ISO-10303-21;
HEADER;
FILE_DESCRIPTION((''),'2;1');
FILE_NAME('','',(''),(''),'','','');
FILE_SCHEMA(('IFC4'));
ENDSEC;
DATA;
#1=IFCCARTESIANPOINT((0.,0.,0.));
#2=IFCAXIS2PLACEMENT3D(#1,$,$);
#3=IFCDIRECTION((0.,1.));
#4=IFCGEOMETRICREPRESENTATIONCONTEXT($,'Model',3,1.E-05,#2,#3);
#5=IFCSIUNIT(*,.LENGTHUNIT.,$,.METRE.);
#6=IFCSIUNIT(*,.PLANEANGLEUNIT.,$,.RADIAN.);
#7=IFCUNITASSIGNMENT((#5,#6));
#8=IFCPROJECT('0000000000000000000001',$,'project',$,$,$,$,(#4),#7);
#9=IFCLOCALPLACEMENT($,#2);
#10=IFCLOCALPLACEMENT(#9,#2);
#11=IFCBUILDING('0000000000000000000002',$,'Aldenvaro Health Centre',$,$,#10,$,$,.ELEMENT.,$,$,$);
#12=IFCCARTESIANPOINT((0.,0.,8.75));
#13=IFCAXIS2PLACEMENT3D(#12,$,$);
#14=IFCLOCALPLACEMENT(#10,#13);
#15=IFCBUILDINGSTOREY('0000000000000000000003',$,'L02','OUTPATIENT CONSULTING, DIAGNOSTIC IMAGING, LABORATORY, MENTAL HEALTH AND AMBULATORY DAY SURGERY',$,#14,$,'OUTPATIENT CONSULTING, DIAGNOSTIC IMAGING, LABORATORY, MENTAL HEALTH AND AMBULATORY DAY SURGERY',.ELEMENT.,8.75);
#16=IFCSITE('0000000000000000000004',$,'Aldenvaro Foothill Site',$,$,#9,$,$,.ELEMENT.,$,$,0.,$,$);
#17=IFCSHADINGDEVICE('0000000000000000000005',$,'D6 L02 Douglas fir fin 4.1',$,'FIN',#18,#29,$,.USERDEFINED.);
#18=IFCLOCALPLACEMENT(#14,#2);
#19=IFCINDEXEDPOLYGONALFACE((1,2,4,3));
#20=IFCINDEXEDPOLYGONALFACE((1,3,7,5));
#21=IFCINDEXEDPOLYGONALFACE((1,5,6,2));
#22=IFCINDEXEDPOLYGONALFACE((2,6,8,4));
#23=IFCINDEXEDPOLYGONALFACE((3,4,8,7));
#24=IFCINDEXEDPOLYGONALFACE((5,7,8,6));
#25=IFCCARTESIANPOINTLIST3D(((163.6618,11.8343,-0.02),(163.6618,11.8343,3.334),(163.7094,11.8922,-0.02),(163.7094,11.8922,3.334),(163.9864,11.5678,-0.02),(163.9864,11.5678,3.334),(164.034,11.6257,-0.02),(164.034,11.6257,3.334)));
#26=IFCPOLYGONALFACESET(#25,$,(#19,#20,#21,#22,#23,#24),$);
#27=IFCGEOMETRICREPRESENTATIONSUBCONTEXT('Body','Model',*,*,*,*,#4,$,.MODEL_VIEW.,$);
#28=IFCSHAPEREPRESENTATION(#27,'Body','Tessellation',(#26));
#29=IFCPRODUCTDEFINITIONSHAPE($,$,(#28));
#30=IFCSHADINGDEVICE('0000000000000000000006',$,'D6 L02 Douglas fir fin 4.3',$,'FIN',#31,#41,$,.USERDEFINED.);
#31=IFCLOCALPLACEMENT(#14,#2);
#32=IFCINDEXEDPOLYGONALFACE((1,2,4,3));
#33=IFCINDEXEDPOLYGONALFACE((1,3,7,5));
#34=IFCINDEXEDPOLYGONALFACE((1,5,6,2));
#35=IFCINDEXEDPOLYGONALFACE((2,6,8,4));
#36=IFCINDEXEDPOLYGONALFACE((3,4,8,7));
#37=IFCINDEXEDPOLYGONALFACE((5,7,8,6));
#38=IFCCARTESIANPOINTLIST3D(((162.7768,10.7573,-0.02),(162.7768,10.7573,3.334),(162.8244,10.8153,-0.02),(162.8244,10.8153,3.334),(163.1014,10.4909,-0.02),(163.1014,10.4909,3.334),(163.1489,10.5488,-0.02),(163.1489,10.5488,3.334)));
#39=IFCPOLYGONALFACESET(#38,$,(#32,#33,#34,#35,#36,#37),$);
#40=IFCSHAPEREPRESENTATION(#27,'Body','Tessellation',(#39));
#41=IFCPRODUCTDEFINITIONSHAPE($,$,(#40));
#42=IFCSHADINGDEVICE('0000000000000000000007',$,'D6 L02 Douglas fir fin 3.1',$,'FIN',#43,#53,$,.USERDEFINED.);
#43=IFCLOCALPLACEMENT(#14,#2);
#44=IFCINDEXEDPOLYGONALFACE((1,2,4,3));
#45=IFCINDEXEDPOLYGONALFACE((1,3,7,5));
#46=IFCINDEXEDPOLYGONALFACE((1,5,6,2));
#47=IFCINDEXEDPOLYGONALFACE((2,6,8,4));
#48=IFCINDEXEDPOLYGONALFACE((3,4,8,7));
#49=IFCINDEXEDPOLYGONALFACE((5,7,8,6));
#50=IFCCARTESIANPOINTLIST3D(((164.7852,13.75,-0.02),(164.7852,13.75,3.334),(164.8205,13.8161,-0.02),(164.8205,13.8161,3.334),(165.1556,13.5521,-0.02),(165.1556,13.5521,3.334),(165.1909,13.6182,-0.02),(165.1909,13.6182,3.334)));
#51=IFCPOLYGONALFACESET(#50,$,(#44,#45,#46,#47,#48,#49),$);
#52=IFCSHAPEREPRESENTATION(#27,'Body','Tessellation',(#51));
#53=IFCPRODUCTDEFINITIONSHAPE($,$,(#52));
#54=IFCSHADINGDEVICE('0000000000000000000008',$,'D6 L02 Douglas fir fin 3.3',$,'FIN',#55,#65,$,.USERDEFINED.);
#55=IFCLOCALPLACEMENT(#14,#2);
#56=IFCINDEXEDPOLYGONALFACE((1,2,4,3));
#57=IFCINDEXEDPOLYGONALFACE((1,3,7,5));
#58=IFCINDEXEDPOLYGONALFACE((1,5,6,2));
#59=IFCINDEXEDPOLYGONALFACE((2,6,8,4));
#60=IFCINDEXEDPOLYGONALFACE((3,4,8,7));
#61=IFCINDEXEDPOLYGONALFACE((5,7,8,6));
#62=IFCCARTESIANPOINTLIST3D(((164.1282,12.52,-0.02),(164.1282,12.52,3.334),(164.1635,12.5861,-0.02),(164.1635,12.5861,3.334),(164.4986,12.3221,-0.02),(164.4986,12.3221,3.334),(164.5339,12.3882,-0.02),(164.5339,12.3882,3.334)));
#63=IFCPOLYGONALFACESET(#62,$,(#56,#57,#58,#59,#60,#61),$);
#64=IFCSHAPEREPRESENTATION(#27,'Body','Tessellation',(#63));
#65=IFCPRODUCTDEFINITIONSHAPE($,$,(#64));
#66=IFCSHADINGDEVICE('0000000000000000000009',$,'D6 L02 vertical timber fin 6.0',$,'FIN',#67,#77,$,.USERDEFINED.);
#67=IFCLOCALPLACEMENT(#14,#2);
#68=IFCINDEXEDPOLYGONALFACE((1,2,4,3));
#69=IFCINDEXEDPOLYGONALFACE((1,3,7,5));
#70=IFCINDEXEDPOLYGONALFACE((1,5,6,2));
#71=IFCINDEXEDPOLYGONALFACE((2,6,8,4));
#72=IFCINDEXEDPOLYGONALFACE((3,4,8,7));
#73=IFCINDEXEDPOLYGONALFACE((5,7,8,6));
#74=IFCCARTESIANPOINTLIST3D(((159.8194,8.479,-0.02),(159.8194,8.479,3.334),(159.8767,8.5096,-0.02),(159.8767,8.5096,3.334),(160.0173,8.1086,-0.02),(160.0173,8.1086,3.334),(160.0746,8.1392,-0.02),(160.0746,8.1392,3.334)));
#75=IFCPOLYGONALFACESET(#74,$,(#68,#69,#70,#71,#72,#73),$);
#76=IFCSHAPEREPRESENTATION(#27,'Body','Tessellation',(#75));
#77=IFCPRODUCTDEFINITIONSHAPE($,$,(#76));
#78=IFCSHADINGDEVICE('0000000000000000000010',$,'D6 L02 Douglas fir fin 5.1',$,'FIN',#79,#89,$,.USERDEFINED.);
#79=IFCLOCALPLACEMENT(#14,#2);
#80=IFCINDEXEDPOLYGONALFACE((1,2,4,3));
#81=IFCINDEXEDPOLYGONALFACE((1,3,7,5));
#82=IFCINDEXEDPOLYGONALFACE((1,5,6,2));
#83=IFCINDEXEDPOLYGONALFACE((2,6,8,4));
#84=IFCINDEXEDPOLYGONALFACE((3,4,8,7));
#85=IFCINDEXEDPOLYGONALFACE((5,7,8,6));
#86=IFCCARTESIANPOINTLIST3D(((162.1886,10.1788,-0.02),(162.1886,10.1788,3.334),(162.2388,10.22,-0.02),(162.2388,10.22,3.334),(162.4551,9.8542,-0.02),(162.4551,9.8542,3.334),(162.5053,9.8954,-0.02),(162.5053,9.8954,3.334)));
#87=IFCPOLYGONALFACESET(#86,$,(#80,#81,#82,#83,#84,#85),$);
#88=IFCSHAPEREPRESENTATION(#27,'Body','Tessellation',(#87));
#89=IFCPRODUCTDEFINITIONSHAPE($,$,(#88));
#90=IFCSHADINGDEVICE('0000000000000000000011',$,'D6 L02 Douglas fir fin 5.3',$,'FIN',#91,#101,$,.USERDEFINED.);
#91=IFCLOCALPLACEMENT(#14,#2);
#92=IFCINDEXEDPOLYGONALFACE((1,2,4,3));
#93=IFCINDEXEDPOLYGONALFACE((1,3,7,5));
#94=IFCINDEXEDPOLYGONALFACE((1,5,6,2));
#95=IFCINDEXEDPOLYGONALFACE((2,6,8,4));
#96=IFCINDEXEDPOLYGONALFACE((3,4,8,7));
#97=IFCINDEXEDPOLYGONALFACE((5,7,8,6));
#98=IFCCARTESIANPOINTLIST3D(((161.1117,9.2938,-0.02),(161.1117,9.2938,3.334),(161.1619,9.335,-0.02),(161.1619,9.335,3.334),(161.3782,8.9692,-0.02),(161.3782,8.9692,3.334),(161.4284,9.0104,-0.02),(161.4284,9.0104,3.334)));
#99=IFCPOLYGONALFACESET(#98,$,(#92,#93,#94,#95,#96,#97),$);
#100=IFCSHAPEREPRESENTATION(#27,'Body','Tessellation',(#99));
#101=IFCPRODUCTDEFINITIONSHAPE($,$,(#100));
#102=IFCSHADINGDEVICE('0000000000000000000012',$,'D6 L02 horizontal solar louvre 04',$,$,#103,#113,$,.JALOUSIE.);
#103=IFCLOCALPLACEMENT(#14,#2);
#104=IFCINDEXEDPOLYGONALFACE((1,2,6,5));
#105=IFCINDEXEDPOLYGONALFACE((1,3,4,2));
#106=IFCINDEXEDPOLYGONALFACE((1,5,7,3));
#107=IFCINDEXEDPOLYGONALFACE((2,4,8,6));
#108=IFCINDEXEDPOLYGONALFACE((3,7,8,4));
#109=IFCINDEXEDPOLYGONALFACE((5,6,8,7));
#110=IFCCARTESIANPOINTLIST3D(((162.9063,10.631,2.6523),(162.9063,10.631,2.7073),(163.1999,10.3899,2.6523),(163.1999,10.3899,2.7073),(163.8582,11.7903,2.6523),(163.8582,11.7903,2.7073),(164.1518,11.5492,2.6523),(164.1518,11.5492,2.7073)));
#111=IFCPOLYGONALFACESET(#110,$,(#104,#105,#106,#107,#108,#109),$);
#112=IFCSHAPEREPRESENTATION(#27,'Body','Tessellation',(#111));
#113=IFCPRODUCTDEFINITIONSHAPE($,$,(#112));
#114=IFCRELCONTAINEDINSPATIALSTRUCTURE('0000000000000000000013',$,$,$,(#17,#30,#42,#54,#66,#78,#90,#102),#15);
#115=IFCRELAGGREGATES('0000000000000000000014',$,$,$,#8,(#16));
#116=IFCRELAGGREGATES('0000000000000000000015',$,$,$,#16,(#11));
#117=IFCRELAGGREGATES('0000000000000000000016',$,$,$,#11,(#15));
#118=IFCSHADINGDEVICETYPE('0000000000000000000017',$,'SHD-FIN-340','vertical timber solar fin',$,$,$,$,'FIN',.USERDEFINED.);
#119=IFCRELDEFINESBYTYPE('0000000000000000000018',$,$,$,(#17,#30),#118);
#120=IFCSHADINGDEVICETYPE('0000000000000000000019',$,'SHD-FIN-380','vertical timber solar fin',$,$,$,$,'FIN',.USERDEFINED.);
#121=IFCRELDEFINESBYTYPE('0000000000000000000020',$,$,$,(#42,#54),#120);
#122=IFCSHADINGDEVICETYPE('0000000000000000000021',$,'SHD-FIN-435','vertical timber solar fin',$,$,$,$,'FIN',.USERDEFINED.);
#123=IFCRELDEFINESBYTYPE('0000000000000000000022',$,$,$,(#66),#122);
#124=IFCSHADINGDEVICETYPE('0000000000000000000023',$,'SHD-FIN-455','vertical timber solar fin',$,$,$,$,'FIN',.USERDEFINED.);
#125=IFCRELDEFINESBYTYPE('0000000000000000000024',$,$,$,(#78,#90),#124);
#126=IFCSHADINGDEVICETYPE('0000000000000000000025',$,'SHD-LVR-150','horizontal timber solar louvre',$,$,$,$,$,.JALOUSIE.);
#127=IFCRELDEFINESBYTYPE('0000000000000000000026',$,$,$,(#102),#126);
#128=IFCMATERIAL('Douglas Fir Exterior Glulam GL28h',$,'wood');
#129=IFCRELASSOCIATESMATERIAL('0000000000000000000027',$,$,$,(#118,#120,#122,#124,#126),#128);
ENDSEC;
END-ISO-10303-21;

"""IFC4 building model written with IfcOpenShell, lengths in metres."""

from ifc_helpers import new_model, si_unit, direction, frame, origin, origin_2d, place, context, subcontext, project, spatial, rectangle, extrude, material, type_object, element, save


model = new_model("IFC4")

# Units and contexts
model_context = context("Model", 3, precision=1e-05, world=origin(), true_north=direction((0.0, 1.0)))
body_context = subcontext(model_context, "Body", "Model", "MODEL_VIEW")
ifc_project = project(units=[si_unit("LENGTHUNIT", "METRE"), si_unit("PLANEANGLEUNIT", "RADIAN")], contexts=[model_context])

# Site, building, storey
site_placement = place(None, origin())
site = spatial("IfcSite", under=ifc_project, at=site_placement, Name="Aldenvaro Foothill Site", CompositionType="ELEMENT", RefElevation=0.0)
building_placement = place(site_placement, origin())
building = spatial("IfcBuilding", under=site, at=building_placement, Name="Aldenvaro Health Centre", CompositionType="ELEMENT")
storey_placement = place(building_placement, frame((0.0, 0.0, 8.75)))
storey = spatial("IfcBuildingStorey", under=building, at=storey_placement, Name="L02", Description="OUTPATIENT CONSULTING, DIAGNOSTIC IMAGING, LABORATORY, MENTAL HEALTH AND AMBULATORY DAY SURGERY", LongName="OUTPATIENT CONSULTING, DIAGNOSTIC IMAGING, LABORATORY, MENTAL HEALTH AND AMBULATORY DAY SURGERY", CompositionType="ELEMENT", Elevation=8.75)

# Shading devices
ifc_material_1 = material(Name="Douglas Fir Exterior Glulam GL28h", Category="wood")
shading_device_type_1 = type_object("IfcShadingDeviceType", Name="SHD-FIN-340", Description="vertical timber solar fin", ElementType="FIN", PredefinedType="USERDEFINED", material=ifc_material_1)
for number, where, z_axis, x_axis, name in (
    (1, (163.8479, 11.73, -0.02), (0.0, 0.0, 1.0), (-0.634577, -0.77286, 0.0), "D6 L02 Douglas fir fin 4.1"),
    (2, (162.9629, 10.6531, -0.02), (0.0, 0.0, 1.0), (-0.634577, -0.77286, 0.0), "D6 L02 Douglas fir fin 4.3"),
):
    element("IfcShadingDevice", number, at=place(storey_placement, frame(where, z_axis=z_axis, x_axis=x_axis)), inside=storey, type_object=shading_device_type_1, Name=name, ObjectType="FIN", PredefinedType="USERDEFINED", context=body_context, shape_type="SweptSolid", body=[
        extrude(rectangle(XDim=0.075, YDim=0.4199, at=origin_2d()), origin(), (0.0, 0.0, 1.0), 3.354),
    ])
shading_device_type_2 = type_object("IfcShadingDeviceType", Name="SHD-FIN-380", Description="vertical timber solar fin", ElementType="FIN", PredefinedType="USERDEFINED", material=ifc_material_1)
for number, where, z_axis, x_axis, name in (
    (3, (164.988, 13.6841, -0.02), (0.0, 0.0, 1.0), (-0.471215, -0.882018, 0.0), "D6 L02 Douglas fir fin 3.1"),
    (4, (164.3311, 12.4541, -0.02), (0.0, 0.0, 1.0), (-0.471215, -0.882018, 0.0), "D6 L02 Douglas fir fin 3.3"),
):
    element("IfcShadingDevice", number, at=place(storey_placement, frame(where, z_axis=z_axis, x_axis=x_axis)), inside=storey, type_object=shading_device_type_2, Name=name, ObjectType="FIN", PredefinedType="USERDEFINED", context=body_context, shape_type="SweptSolid", body=[
        extrude(rectangle(XDim=0.075, YDim=0.4199, at=origin_2d()), origin(), (0.0, 0.0, 1.0), 3.354),
    ])
shading_device_type_3 = type_object("IfcShadingDeviceType", Name="SHD-FIN-435", Description="vertical timber solar fin", ElementType="FIN", PredefinedType="USERDEFINED", material=ifc_material_1)
shading_device_1_placement = place(storey_placement, frame((159.947, 8.3091, -0.02), z_axis=(0.0, 0.0, 1.0), x_axis=(-0.882018, -0.471215, 0.0)))
element("IfcShadingDevice", 5, at=shading_device_1_placement, inside=storey, type_object=shading_device_type_3, Name="D6 L02 vertical timber fin 6.0", ObjectType="FIN", PredefinedType="USERDEFINED", context=body_context, shape_type="SweptSolid", body=[
    extrude(rectangle(XDim=0.0649, YDim=0.4199, at=origin_2d()), origin(), (0.0, 0.0, 1.0), 3.354),
])
shading_device_type_4 = type_object("IfcShadingDeviceType", Name="SHD-FIN-455", Description="vertical timber solar fin", ElementType="FIN", PredefinedType="USERDEFINED", material=ifc_material_1)
for number, where, z_axis, x_axis, name in (
    (6, (162.3469, 10.0371, -0.02), (0.0, 0.0, 1.0), (-0.77286, -0.634577, 0.0), "D6 L02 Douglas fir fin 5.1"),
    (7, (161.27, 9.1521, -0.02), (0.0, 0.0, 1.0), (-0.77286, -0.634577, 0.0), "D6 L02 Douglas fir fin 5.3"),
):
    element("IfcShadingDevice", number, at=place(storey_placement, frame(where, z_axis=z_axis, x_axis=x_axis)), inside=storey, type_object=shading_device_type_4, Name=name, ObjectType="FIN", PredefinedType="USERDEFINED", context=body_context, shape_type="SweptSolid", body=[
        extrude(rectangle(XDim=0.0649, YDim=0.4199, at=origin_2d()), origin(), (0.0, 0.0, 1.0), 3.354),
    ])
shading_device_type_5 = type_object("IfcShadingDeviceType", Name="SHD-LVR-150", Description="horizontal timber solar louvre", PredefinedType="JALOUSIE", material=ifc_material_1)
shading_device_2_placement = place(storey_placement, frame((163.5291, 11.0901, 2.6523), z_axis=(0.0, 0.0, 1.0), x_axis=(-0.634577, -0.77286, 0.0)))
element("IfcShadingDevice", 8, at=shading_device_2_placement, inside=storey, type_object=shading_device_type_5, Name="D6 L02 horizontal solar louvre 04", PredefinedType="JALOUSIE", context=body_context, shape_type="SweptSolid", body=[
    extrude(rectangle(XDim=1.5, YDim=0.3799, at=origin_2d()), origin(), (0.0, 0.0, 1.0), 0.0549),
])

save(model, "model.ifc")
